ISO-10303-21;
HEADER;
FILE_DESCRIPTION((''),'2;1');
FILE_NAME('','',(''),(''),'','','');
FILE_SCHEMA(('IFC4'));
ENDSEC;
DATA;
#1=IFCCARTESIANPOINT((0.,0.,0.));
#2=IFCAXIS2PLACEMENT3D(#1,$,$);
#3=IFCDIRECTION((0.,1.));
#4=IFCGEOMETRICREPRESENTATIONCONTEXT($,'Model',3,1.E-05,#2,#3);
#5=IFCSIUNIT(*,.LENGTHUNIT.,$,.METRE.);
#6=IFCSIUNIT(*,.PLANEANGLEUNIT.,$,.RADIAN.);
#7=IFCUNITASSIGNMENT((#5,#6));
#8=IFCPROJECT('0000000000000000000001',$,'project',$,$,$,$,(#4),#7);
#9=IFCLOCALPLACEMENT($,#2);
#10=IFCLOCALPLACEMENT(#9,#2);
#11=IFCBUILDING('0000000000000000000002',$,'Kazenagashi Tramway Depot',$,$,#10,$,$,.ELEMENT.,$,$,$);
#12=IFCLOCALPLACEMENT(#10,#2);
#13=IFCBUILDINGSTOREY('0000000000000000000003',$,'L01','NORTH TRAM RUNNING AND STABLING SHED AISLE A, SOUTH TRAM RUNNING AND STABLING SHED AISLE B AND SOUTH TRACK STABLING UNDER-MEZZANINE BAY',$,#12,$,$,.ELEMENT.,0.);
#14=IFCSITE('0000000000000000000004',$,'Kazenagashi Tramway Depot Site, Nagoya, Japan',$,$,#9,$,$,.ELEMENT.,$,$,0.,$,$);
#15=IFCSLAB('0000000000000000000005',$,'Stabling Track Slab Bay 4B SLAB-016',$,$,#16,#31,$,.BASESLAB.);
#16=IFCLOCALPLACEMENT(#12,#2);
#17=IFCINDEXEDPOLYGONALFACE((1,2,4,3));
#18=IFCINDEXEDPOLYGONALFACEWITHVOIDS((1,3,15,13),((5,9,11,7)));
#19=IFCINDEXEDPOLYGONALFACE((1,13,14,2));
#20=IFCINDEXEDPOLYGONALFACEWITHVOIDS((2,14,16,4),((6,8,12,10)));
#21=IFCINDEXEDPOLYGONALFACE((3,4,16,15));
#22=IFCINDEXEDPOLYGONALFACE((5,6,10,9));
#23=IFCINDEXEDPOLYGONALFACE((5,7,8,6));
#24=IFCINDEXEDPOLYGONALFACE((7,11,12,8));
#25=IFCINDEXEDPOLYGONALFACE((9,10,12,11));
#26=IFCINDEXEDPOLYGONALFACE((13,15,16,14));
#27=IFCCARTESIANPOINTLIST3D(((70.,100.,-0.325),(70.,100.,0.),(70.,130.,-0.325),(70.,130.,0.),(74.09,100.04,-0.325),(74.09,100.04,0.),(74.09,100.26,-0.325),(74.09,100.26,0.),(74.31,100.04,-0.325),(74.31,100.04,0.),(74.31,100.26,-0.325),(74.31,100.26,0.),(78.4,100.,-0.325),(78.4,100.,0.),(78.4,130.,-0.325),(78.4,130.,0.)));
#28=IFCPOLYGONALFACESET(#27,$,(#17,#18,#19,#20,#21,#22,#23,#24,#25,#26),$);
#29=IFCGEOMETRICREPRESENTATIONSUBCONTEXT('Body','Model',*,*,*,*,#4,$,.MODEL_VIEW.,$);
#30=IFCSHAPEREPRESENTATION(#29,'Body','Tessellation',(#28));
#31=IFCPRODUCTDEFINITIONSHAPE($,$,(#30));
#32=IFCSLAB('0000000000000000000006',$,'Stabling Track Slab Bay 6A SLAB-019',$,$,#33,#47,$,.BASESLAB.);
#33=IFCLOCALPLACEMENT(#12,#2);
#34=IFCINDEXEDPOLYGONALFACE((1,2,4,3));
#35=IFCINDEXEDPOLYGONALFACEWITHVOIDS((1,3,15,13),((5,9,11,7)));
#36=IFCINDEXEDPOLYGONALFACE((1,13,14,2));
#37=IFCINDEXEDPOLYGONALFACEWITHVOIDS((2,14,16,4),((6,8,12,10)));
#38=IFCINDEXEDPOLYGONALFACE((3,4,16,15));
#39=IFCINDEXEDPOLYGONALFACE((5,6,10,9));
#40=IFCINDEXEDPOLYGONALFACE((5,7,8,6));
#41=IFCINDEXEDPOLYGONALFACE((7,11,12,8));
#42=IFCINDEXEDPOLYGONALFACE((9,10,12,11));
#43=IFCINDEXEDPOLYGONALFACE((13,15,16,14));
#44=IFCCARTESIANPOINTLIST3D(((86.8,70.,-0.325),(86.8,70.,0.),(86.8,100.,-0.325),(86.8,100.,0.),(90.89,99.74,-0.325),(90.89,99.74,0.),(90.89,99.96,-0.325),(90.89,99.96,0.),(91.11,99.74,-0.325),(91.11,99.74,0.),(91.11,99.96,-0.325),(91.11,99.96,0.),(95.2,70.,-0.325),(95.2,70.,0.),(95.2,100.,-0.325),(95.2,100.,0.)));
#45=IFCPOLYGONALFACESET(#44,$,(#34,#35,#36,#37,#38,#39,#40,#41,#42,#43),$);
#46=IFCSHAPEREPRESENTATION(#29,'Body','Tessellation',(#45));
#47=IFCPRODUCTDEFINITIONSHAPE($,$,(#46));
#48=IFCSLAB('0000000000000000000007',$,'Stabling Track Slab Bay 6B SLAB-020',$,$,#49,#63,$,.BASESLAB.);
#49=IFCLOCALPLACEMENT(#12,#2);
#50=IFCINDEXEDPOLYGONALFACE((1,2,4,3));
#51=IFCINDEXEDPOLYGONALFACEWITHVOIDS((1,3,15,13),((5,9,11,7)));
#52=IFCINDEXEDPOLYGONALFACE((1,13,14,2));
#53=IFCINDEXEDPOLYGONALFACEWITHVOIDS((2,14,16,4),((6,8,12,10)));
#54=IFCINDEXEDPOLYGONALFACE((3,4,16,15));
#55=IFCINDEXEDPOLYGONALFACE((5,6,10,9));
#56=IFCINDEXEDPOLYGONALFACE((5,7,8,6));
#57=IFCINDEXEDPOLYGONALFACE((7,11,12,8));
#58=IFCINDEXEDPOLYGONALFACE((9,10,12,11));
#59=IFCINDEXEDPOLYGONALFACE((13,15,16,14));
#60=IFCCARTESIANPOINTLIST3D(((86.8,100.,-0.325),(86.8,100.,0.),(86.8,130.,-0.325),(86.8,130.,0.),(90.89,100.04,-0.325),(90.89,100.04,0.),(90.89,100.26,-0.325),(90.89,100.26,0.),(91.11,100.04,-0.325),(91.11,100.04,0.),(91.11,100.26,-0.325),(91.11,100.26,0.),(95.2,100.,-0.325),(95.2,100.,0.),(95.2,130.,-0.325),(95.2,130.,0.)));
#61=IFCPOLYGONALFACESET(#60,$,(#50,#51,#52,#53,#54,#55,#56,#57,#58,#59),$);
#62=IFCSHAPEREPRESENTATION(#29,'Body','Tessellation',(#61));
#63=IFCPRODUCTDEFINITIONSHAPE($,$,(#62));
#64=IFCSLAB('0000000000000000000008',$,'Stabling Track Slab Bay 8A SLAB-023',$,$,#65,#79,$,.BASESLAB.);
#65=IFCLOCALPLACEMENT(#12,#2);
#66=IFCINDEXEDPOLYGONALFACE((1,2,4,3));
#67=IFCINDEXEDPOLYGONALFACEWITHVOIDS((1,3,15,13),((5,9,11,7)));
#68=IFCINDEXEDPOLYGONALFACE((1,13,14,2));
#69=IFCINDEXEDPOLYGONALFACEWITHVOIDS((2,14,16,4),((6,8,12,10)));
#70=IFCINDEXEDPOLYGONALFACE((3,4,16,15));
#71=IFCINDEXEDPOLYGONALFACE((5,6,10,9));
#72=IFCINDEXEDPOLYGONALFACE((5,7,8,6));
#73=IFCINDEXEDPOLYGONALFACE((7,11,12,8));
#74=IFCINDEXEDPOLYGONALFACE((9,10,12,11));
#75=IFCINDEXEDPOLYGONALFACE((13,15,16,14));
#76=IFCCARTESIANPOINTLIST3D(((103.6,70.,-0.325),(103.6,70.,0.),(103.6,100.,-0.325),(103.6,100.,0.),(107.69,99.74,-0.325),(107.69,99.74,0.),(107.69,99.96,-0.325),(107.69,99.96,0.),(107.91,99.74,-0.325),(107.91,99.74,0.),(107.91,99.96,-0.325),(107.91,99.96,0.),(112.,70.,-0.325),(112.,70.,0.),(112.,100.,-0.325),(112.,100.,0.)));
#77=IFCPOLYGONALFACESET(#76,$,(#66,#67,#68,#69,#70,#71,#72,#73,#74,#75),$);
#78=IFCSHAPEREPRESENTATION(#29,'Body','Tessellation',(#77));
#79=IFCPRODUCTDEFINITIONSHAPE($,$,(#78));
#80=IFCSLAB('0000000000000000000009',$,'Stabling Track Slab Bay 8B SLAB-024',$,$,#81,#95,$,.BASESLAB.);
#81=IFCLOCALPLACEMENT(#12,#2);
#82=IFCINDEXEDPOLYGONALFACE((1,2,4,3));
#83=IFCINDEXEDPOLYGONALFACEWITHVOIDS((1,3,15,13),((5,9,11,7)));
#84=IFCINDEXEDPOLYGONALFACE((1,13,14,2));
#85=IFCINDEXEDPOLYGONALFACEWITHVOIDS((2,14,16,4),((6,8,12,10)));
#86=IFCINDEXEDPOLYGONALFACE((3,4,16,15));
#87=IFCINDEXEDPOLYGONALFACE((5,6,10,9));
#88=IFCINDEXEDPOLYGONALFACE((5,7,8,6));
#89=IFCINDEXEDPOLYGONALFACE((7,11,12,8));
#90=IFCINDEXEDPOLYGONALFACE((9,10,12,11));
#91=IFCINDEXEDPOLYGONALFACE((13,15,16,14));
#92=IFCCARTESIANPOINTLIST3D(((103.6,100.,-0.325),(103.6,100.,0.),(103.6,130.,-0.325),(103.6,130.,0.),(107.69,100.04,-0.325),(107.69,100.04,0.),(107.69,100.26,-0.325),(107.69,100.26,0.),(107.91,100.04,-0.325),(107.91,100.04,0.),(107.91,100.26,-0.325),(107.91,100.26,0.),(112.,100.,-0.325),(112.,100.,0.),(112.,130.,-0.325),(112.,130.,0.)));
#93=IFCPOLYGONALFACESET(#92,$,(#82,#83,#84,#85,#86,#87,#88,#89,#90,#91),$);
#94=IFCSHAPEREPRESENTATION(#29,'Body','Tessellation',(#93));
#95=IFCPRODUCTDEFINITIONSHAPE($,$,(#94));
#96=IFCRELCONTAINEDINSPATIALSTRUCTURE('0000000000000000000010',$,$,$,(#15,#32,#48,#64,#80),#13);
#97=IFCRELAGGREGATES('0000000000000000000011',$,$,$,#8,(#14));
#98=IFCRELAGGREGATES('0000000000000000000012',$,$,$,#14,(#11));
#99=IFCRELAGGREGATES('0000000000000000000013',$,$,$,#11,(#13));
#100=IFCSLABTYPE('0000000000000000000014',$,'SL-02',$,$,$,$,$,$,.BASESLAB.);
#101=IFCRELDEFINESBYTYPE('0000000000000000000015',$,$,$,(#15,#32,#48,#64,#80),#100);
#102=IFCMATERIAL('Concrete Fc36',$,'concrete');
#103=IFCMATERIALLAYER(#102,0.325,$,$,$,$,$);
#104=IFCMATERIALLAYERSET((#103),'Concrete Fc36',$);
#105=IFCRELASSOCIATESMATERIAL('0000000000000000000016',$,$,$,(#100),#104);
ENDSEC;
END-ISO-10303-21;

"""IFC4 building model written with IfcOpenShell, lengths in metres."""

from ifc_helpers import new_model, si_unit, direction, frame, origin, place, context, subcontext, project, spatial, polyline, outline, extrude, material, layer, layer_set, type_object, element, save


model = new_model("IFC4")

# Units and contexts
model_context = context("Model", 3, precision=1e-05, world=origin(), true_north=direction((0.0, 1.0)))
body_context = subcontext(model_context, "Body", "Model", "MODEL_VIEW")
ifc_project = project(units=[si_unit("LENGTHUNIT", "METRE"), si_unit("PLANEANGLEUNIT", "RADIAN")], contexts=[model_context])

# Site, building, storey
site_placement = place(None, origin())
site = spatial("IfcSite", under=ifc_project, at=site_placement, Name="Kazenagashi Tramway Depot Site, Nagoya, Japan", CompositionType="ELEMENT", RefElevation=0.0)
building_placement = place(site_placement, origin())
building = spatial("IfcBuilding", under=site, at=building_placement, Name="Kazenagashi Tramway Depot", CompositionType="ELEMENT")
storey_placement = place(building_placement, origin())
storey = spatial("IfcBuildingStorey", under=building, at=storey_placement, Name="L01", Description="NORTH TRAM RUNNING AND STABLING SHED AISLE A, SOUTH TRAM RUNNING AND STABLING SHED AISLE B AND SOUTH TRACK STABLING UNDER-MEZZANINE BAY", CompositionType="ELEMENT", Elevation=0.0)

# Slabs
ifc_material_1 = material(Name="Concrete Fc36", Category="concrete")
ifc_layer_1 = layer(ifc_material_1, 0.325)
ifc_layer_set_1 = layer_set([ifc_layer_1], Name="Concrete Fc36")
slab_type_1 = type_object("IfcSlabType", Name="SL-02", PredefinedType="BASESLAB", material=ifc_layer_set_1)
slab_1_placement = place(storey_placement, frame((0.0, 0.0, -0.325)))
element("IfcSlab", 1, at=slab_1_placement, inside=storey, type_object=slab_type_1, Name="Stabling Track Slab Bay 4B SLAB-016", PredefinedType="BASESLAB", context=body_context, shape_type="SweptSolid", body=[
    extrude(outline(polyline([(70.0, 100.0), (78.4, 100.0), (78.4, 130.0), (70.0, 130.0), (70.0, 100.0)]), holes=[polyline([(74.09, 100.04), (74.31, 100.04), (74.31, 100.26), (74.09, 100.26), (74.09, 100.04)])]), origin(), (0.0, 0.0, 1.0), 0.325),
])
slab_2_placement = place(storey_placement, frame((0.0, 0.0, -0.325)))
element("IfcSlab", 2, at=slab_2_placement, inside=storey, type_object=slab_type_1, Name="Stabling Track Slab Bay 6A SLAB-019", PredefinedType="BASESLAB", context=body_context, shape_type="SweptSolid", body=[
    extrude(outline(polyline([(86.8, 70.0), (95.2, 70.0), (95.2, 100.0), (86.8, 100.0), (86.8, 70.0)]), holes=[polyline([(90.89, 99.74), (91.11, 99.74), (91.11, 99.96), (90.89, 99.96), (90.89, 99.74)])]), origin(), (0.0, 0.0, 1.0), 0.325),
])
slab_3_placement = place(storey_placement, frame((0.0, 0.0, -0.325)))
element("IfcSlab", 3, at=slab_3_placement, inside=storey, type_object=slab_type_1, Name="Stabling Track Slab Bay 6B SLAB-020", PredefinedType="BASESLAB", context=body_context, shape_type="SweptSolid", body=[
    extrude(outline(polyline([(86.8, 100.0), (95.2, 100.0), (95.2, 130.0), (86.8, 130.0), (86.8, 100.0)]), holes=[polyline([(90.89, 100.04), (91.11, 100.04), (91.11, 100.26), (90.89, 100.26), (90.89, 100.04)])]), origin(), (0.0, 0.0, 1.0), 0.325),
])
slab_4_placement = place(storey_placement, frame((0.0, 0.0, -0.325)))
element("IfcSlab", 4, at=slab_4_placement, inside=storey, type_object=slab_type_1, Name="Stabling Track Slab Bay 8A SLAB-023", PredefinedType="BASESLAB", context=body_context, shape_type="SweptSolid", body=[
    extrude(outline(polyline([(103.6, 70.0), (112.0, 70.0), (112.0, 100.0), (103.6, 100.0), (103.6, 70.0)]), holes=[polyline([(107.69, 99.74), (107.91, 99.74), (107.91, 99.96), (107.69, 99.96), (107.69, 99.74)])]), origin(), (0.0, 0.0, 1.0), 0.325),
])
slab_5_placement = place(storey_placement, frame((0.0, 0.0, -0.325)))
element("IfcSlab", 5, at=slab_5_placement, inside=storey, type_object=slab_type_1, Name="Stabling Track Slab Bay 8B SLAB-024", PredefinedType="BASESLAB", context=body_context, shape_type="SweptSolid", body=[
    extrude(outline(polyline([(103.6, 100.0), (112.0, 100.0), (112.0, 130.0), (103.6, 130.0), (103.6, 100.0)]), holes=[polyline([(107.69, 100.04), (107.91, 100.04), (107.91, 100.26), (107.69, 100.26), (107.69, 100.04)])]), origin(), (0.0, 0.0, 1.0), 0.325),
])

save(model, "model.ifc")
